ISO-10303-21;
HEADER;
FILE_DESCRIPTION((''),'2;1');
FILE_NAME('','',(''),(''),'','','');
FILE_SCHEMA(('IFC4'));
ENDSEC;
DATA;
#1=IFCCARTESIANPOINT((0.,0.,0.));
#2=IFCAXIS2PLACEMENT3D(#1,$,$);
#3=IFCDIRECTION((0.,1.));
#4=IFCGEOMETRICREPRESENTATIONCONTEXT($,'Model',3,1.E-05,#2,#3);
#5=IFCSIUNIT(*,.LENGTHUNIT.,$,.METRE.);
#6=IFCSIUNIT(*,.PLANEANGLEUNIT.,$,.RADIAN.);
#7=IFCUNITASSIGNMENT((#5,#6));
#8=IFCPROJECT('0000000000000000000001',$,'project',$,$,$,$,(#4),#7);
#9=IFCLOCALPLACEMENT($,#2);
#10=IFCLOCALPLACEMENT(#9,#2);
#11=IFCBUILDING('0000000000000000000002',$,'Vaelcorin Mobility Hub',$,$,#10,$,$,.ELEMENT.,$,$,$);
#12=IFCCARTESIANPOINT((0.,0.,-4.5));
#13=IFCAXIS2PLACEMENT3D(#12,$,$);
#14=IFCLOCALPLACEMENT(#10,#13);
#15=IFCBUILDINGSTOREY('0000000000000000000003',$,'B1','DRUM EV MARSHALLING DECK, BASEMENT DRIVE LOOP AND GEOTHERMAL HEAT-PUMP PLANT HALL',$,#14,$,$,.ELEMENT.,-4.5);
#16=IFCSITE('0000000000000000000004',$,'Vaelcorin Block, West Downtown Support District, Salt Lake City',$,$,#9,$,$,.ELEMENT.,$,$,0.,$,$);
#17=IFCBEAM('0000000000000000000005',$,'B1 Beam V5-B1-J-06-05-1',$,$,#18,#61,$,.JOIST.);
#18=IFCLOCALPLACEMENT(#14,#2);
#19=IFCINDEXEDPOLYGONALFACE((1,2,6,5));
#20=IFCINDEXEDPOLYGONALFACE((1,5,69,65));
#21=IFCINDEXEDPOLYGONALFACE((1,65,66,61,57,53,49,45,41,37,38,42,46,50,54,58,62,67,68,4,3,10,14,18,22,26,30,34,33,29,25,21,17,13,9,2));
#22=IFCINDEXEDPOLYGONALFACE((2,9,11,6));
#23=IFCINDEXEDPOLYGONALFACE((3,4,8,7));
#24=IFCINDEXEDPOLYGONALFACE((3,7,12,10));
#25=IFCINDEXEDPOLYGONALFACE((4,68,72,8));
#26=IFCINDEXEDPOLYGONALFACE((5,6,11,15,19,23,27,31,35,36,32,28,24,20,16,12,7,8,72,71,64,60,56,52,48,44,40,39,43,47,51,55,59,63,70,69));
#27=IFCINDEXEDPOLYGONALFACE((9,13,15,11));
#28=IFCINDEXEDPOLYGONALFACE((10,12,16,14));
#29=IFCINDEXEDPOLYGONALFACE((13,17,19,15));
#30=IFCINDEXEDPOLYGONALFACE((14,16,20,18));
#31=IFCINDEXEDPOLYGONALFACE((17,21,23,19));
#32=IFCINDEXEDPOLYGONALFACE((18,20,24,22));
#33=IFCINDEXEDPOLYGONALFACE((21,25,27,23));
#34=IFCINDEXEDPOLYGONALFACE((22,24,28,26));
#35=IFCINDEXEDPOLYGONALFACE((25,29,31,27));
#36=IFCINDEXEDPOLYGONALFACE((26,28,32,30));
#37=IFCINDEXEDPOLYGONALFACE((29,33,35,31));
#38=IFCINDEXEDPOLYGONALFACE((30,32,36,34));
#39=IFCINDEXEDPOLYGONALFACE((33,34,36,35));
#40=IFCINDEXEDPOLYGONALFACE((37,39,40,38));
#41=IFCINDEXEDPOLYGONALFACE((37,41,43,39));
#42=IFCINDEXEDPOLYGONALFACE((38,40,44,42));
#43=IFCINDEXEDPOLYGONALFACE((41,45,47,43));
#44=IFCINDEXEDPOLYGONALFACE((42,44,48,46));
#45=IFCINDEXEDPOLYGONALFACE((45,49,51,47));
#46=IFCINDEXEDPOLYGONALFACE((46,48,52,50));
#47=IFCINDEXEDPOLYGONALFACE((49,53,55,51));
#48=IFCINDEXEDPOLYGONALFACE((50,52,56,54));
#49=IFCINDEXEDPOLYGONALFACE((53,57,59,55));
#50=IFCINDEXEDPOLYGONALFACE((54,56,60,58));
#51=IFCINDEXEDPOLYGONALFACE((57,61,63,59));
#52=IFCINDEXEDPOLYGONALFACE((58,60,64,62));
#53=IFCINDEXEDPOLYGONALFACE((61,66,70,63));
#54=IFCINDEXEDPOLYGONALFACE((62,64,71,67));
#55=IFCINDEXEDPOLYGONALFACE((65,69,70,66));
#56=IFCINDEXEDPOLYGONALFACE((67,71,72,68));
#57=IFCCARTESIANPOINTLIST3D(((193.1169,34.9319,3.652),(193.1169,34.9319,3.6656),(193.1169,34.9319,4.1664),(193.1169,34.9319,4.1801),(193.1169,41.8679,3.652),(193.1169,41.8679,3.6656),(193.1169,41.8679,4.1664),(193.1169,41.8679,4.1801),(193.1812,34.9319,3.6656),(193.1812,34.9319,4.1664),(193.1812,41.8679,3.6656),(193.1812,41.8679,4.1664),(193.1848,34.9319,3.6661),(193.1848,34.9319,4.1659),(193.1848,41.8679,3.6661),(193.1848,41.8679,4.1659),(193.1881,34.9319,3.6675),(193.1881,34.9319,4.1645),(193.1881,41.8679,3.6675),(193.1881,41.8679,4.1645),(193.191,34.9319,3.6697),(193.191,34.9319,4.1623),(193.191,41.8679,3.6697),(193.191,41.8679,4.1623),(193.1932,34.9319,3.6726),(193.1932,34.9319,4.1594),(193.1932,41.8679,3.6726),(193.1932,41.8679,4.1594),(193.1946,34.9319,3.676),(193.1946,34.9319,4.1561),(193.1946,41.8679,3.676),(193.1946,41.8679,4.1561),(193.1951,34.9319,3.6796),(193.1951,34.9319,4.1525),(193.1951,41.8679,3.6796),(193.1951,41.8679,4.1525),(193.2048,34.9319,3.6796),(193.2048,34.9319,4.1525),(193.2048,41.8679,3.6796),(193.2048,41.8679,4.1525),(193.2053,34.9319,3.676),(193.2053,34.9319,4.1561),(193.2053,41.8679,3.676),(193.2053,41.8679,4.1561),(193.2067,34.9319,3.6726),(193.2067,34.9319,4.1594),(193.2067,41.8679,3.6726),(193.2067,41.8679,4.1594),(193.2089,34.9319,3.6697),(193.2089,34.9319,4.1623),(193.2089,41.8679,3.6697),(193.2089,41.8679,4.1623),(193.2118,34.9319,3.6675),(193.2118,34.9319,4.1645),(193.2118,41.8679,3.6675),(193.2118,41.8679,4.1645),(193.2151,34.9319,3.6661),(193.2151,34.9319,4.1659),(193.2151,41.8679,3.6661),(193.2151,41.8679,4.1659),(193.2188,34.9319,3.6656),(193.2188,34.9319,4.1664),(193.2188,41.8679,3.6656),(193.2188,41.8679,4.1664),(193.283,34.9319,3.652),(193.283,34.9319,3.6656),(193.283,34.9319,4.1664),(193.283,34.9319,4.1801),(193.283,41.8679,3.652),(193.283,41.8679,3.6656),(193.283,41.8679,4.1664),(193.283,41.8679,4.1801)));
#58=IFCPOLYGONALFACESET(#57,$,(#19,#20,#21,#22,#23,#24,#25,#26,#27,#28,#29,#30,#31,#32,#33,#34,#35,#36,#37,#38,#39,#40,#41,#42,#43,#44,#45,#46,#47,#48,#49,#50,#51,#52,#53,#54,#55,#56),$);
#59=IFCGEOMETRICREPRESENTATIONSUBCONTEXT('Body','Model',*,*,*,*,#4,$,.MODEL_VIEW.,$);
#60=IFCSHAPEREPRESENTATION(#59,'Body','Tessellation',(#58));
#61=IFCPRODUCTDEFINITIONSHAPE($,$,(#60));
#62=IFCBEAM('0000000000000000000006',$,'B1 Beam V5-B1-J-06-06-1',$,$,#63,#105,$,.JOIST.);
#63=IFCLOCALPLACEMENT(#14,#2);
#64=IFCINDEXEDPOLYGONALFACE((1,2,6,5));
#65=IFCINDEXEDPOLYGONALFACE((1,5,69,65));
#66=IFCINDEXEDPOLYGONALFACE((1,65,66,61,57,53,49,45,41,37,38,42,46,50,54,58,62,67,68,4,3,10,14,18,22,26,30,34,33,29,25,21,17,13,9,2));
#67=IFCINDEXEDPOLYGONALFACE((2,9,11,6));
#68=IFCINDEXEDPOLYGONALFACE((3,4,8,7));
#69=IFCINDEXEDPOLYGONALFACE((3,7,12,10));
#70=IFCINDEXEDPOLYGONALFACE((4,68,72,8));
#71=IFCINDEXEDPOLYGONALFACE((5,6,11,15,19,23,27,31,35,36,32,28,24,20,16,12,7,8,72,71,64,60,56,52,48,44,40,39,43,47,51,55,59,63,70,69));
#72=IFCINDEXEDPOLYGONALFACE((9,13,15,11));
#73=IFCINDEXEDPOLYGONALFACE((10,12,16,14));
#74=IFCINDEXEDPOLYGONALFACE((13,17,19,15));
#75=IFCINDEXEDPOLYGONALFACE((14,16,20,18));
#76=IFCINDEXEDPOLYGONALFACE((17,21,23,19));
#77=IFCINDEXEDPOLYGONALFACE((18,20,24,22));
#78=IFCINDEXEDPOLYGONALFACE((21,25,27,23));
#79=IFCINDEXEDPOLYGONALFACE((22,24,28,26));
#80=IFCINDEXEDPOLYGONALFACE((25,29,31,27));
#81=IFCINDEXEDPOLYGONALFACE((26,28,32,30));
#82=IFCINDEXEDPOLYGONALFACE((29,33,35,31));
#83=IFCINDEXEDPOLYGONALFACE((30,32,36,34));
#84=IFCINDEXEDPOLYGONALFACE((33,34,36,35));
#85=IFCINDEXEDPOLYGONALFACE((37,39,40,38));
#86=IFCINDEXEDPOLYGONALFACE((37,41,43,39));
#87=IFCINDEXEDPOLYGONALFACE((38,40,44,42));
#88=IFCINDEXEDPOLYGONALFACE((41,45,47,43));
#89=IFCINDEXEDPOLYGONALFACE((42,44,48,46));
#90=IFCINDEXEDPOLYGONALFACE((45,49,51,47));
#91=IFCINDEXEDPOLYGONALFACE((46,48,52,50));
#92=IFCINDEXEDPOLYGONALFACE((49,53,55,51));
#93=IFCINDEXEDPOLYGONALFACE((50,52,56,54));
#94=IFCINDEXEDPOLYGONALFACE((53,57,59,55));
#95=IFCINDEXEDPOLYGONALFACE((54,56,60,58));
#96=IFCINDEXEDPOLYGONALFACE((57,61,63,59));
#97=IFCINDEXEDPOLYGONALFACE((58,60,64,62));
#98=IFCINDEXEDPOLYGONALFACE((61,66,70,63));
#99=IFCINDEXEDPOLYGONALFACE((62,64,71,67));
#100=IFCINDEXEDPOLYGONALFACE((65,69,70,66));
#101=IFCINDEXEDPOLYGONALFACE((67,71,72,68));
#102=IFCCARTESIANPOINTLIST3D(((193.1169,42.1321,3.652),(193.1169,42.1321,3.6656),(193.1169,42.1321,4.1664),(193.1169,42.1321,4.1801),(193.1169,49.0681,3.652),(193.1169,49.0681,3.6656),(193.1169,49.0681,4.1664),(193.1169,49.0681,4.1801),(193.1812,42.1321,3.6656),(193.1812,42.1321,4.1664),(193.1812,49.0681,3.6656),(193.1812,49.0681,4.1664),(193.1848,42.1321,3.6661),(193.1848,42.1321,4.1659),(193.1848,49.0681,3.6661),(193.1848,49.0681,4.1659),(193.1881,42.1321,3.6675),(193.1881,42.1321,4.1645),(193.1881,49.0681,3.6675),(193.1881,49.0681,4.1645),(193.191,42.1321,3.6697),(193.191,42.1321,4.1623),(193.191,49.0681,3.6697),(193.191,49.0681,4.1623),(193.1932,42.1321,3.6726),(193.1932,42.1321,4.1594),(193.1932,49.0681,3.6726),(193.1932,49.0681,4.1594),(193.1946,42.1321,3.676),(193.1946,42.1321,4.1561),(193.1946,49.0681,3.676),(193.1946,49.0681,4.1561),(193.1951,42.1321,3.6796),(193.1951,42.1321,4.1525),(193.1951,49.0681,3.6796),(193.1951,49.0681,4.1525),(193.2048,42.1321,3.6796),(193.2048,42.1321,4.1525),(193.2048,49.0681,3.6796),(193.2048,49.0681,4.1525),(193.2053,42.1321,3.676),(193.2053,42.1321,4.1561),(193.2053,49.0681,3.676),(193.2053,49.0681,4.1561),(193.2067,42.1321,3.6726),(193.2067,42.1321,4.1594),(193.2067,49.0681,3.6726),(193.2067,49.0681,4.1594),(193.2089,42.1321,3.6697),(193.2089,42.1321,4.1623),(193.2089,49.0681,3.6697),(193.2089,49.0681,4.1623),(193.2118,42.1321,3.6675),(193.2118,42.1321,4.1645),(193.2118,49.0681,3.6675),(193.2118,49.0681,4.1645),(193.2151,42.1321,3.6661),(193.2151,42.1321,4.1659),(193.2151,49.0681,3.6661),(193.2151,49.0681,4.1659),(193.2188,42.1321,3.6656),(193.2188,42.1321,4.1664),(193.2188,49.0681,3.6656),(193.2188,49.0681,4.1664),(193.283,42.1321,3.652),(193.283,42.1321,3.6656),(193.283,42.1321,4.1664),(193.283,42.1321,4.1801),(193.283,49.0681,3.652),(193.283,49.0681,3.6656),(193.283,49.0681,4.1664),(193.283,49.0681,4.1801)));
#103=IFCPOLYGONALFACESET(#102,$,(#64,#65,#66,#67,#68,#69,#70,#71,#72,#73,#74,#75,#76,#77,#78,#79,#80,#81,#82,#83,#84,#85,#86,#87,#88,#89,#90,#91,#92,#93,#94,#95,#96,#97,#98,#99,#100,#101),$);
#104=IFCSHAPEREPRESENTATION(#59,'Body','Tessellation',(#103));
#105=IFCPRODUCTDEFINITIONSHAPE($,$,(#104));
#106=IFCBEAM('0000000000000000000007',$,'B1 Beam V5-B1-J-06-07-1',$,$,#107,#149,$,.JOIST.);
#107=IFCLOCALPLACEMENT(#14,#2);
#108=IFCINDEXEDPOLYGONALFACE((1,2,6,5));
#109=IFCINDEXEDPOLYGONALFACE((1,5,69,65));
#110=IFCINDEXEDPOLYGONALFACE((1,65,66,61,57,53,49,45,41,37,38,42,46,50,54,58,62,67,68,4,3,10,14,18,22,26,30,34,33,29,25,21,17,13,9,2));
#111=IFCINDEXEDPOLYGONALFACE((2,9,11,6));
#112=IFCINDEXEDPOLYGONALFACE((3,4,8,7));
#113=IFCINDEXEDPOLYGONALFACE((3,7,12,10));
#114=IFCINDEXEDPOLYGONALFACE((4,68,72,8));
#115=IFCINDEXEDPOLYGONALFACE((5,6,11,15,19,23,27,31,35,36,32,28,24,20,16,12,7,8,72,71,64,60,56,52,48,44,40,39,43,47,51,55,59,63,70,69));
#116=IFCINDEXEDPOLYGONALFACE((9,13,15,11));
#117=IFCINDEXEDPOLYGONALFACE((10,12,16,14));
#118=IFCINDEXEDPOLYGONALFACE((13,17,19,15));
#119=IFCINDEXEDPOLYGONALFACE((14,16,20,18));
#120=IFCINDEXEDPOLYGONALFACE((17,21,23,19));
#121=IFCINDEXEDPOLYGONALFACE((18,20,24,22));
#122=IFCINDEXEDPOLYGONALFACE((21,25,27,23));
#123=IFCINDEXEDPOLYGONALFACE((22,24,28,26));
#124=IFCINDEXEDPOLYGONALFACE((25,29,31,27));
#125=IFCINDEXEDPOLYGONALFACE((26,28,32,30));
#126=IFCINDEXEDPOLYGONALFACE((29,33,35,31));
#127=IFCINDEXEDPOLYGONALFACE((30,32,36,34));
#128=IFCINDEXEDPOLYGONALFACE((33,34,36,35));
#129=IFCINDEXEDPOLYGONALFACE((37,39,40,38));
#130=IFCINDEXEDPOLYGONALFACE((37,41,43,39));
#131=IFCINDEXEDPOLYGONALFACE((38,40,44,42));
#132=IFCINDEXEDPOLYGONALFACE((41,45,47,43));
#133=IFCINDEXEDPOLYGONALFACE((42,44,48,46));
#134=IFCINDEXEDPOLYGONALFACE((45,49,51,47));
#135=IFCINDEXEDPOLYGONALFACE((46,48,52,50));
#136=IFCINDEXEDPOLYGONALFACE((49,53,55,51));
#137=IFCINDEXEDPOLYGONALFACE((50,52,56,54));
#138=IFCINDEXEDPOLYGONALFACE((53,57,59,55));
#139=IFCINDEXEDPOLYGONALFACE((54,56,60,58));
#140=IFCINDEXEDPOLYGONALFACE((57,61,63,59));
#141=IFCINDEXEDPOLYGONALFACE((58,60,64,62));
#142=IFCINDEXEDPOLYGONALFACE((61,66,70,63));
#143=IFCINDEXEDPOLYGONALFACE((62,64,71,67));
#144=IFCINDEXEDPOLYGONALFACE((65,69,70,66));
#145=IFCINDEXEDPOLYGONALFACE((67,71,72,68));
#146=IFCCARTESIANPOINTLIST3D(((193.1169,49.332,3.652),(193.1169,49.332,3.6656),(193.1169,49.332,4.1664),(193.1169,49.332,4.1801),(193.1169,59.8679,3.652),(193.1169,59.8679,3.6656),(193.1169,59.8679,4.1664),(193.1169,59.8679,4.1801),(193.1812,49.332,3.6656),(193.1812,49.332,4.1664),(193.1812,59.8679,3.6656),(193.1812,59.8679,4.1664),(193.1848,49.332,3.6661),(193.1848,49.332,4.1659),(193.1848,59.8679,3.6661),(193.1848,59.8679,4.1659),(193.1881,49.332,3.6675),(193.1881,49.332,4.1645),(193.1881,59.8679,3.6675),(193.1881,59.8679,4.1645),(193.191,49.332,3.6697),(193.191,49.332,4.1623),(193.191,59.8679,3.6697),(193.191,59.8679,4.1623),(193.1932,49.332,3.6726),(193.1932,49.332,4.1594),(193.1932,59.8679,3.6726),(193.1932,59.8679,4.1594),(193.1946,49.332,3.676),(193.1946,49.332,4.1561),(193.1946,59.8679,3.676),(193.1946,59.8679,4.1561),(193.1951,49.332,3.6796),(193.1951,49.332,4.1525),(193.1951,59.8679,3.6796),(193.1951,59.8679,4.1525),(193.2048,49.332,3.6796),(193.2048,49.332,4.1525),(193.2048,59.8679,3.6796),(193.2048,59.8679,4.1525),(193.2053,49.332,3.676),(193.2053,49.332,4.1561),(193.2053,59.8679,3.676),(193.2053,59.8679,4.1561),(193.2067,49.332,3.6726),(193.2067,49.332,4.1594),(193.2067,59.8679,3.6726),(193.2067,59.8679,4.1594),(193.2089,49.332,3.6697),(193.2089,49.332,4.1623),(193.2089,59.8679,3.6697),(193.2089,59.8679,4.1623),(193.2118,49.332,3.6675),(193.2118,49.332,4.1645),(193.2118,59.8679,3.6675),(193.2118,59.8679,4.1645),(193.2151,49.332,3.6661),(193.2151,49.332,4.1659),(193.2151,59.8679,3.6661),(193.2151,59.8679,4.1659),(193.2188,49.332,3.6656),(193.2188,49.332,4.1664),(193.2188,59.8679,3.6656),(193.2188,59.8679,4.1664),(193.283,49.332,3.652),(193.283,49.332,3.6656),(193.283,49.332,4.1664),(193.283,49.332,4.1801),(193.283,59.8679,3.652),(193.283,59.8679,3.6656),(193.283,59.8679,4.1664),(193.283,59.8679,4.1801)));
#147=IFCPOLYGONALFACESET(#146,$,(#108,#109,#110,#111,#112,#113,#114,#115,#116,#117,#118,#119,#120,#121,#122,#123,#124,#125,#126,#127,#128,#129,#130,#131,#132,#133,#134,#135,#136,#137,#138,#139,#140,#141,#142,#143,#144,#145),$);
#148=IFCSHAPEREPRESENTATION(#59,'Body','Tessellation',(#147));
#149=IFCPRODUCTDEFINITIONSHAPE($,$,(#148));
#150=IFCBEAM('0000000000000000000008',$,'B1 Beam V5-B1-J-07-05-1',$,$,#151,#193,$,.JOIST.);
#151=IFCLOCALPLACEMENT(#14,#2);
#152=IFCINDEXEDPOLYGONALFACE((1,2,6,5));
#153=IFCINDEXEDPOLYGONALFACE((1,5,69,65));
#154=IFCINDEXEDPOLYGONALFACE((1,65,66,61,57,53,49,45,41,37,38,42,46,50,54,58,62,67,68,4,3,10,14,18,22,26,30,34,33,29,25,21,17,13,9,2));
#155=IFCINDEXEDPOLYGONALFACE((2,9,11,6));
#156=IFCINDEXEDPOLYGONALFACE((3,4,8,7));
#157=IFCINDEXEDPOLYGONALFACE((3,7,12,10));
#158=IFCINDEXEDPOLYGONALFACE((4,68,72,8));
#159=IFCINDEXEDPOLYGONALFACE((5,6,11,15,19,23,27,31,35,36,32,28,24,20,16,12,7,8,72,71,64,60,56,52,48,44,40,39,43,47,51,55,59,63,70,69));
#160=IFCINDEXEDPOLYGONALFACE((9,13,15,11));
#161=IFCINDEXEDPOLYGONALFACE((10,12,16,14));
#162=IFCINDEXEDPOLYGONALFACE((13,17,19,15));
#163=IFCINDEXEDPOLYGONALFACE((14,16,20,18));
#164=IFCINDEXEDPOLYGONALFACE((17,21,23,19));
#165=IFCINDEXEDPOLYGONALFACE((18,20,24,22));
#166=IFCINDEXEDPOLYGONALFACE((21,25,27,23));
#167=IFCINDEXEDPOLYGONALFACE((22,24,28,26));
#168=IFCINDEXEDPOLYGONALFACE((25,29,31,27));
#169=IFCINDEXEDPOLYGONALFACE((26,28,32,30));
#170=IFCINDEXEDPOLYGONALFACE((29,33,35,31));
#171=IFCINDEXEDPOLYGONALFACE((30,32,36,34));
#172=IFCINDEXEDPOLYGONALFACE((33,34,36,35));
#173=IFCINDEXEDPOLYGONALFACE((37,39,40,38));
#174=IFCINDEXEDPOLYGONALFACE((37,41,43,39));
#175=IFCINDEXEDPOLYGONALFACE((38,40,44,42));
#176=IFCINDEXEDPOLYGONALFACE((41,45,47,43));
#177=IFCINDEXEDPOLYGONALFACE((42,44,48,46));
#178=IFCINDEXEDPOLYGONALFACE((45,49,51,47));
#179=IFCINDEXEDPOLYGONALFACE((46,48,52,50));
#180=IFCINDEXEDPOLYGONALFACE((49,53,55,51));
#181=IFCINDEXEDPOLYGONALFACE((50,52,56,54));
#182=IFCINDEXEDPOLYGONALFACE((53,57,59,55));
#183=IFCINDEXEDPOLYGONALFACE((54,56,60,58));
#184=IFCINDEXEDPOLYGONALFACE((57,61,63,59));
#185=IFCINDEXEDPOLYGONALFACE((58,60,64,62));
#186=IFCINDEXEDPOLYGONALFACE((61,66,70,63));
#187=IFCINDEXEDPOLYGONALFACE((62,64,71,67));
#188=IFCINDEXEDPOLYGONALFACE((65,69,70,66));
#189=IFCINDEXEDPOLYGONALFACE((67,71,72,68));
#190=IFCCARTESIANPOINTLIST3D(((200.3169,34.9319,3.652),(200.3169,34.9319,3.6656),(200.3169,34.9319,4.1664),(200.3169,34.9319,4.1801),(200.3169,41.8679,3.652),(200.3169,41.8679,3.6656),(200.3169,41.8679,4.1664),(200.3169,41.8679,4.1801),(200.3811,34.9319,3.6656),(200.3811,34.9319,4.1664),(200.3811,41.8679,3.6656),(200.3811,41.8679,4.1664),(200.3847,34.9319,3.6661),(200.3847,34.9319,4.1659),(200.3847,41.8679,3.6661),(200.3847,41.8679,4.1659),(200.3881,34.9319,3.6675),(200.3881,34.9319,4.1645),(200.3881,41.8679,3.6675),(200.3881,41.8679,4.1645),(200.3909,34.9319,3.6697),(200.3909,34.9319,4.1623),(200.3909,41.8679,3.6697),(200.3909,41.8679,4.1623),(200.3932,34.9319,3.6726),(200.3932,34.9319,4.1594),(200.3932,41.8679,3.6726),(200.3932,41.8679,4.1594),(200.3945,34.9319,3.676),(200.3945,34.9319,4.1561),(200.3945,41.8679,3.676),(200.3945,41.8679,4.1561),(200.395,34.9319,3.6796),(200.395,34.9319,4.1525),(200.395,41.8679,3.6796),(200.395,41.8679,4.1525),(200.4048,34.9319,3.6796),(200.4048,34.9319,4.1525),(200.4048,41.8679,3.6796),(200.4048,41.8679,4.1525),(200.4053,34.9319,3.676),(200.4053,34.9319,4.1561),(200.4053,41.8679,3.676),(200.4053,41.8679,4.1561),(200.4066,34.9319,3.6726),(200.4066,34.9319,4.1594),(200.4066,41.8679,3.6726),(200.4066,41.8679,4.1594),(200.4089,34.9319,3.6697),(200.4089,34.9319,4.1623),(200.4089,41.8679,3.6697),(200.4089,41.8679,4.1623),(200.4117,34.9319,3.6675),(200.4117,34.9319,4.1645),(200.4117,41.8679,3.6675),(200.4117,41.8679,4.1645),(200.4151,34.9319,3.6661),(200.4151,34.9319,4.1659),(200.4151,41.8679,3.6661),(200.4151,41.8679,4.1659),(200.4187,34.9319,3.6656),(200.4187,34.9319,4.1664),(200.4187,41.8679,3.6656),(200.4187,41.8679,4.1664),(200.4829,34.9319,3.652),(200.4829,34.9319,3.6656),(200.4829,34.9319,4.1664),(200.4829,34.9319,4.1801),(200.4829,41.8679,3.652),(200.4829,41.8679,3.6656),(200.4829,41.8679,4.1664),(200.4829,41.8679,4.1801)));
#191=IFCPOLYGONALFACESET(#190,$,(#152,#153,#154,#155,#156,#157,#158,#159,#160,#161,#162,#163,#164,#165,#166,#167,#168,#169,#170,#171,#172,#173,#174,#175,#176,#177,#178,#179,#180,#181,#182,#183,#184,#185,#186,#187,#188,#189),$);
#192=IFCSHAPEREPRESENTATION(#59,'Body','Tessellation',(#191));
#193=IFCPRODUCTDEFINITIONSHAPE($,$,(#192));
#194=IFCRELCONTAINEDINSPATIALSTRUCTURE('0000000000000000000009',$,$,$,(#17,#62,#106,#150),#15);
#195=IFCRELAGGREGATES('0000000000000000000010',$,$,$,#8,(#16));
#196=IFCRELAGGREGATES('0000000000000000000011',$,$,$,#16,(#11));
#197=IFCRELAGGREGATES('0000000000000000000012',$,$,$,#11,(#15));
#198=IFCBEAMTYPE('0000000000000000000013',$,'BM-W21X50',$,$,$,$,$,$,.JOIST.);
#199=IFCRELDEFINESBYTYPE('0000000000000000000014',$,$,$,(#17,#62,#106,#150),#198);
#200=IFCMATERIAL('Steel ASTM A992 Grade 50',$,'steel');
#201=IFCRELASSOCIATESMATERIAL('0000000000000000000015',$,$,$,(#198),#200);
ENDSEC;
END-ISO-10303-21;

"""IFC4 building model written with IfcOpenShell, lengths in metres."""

from ifc_helpers import new_model, si_unit, direction, frame, origin, origin_2d, place, context, subcontext, project, spatial, i_section, extrude, material, material_profile, profile_set, type_object, element, save


model = new_model("IFC4")

# Units and contexts
model_context = context("Model", 3, precision=1e-05, world=origin(), true_north=direction((0.0, 1.0)))
body_context = subcontext(model_context, "Body", "Model", "MODEL_VIEW")
ifc_project = project(units=[si_unit("LENGTHUNIT", "METRE"), si_unit("PLANEANGLEUNIT", "RADIAN")], contexts=[model_context])

# Site, building, storey
site_placement = place(None, origin())
site = spatial("IfcSite", under=ifc_project, at=site_placement, Name="Vaelcorin Block, West Downtown Support District, Salt Lake City", CompositionType="ELEMENT", RefElevation=0.0)
building_placement = place(site_placement, origin())
building = spatial("IfcBuilding", under=site, at=building_placement, Name="Vaelcorin Mobility Hub", CompositionType="ELEMENT")
storey_placement = place(building_placement, frame((0.0, 0.0, -4.5)))
storey = spatial("IfcBuildingStorey", under=building, at=storey_placement, Name="B1", Description="DRUM EV MARSHALLING DECK, BASEMENT DRIVE LOOP AND GEOTHERMAL HEAT-PUMP PLANT HALL", CompositionType="ELEMENT", Elevation=-4.5)

# Shared definitions
ifc_material_1 = material(Name="Steel ASTM A992 Grade 50", Category="steel")

# Beams
ifc_material_profile_1 = material_profile(ifc_material_1, i_section(OverallWidth=0.166, OverallDepth=0.5281, WebThickness=0.0098, FlangeThickness=0.0137, FilletRadius=0.0139, at=origin_2d()), Name="W21X50")
ifc_profile_set_1 = profile_set([ifc_material_profile_1], Name="Steel ASTM A992 Grade 50")
beam_type_1 = type_object("IfcBeamType", Name="BM-W21X50", PredefinedType="JOIST", material=ifc_profile_set_1)
for number, where, z_axis, x_axis, name in (
    (1, (193.2, 34.9319, 3.916), (0.0, 1.0, 0.0), (-1.0, 0.0, 0.0), "B1 Beam V5-B1-J-06-05-1"),
    (2, (193.2, 42.1321, 3.916), (0.0, 1.0, 0.0), (-1.0, 0.0, 0.0), "B1 Beam V5-B1-J-06-06-1"),
):
    element("IfcBeam", number, at=place(storey_placement, frame(where, z_axis=z_axis, x_axis=x_axis)), inside=storey, type_object=beam_type_1, Name=name, PredefinedType="JOIST", context=body_context, shape_type="SweptSolid", body=[
        extrude(i_section(OverallWidth=0.166, OverallDepth=0.5281, WebThickness=0.0098, FlangeThickness=0.0137, FilletRadius=0.0139, at=origin_2d()), origin(), (0.0, 0.0, 1.0), 6.936),
    ])
beam_1_placement = place(storey_placement, frame((193.2, 49.332, 3.916), z_axis=(0.0, 1.0, 0.0), x_axis=(-1.0, 0.0, 0.0)))
element("IfcBeam", 3, at=beam_1_placement, inside=storey, type_object=beam_type_1, Name="B1 Beam V5-B1-J-06-07-1", PredefinedType="JOIST", context=body_context, shape_type="SweptSolid", body=[
    extrude(i_section(OverallWidth=0.166, OverallDepth=0.5281, WebThickness=0.0098, FlangeThickness=0.0137, FilletRadius=0.0139, at=origin_2d()), origin(), (0.0, 0.0, 1.0), 10.5359),
])
for number, where, z_axis, x_axis, name in (
    (4, (200.3999, 34.9319, 3.916), (0.0, 1.0, 0.0), (-1.0, 0.0, 0.0), "B1 Beam V5-B1-J-07-05-1"),
):
    element("IfcBeam", number, at=place(storey_placement, frame(where, z_axis=z_axis, x_axis=x_axis)), inside=storey, type_object=beam_type_1, Name=name, PredefinedType="JOIST", context=body_context, shape_type="SweptSolid", body=[
        extrude(i_section(OverallWidth=0.166, OverallDepth=0.5281, WebThickness=0.0098, FlangeThickness=0.0137, FilletRadius=0.0139, at=origin_2d()), origin(), (0.0, 0.0, 1.0), 6.936),
    ])

save(model, "model.ifc")
